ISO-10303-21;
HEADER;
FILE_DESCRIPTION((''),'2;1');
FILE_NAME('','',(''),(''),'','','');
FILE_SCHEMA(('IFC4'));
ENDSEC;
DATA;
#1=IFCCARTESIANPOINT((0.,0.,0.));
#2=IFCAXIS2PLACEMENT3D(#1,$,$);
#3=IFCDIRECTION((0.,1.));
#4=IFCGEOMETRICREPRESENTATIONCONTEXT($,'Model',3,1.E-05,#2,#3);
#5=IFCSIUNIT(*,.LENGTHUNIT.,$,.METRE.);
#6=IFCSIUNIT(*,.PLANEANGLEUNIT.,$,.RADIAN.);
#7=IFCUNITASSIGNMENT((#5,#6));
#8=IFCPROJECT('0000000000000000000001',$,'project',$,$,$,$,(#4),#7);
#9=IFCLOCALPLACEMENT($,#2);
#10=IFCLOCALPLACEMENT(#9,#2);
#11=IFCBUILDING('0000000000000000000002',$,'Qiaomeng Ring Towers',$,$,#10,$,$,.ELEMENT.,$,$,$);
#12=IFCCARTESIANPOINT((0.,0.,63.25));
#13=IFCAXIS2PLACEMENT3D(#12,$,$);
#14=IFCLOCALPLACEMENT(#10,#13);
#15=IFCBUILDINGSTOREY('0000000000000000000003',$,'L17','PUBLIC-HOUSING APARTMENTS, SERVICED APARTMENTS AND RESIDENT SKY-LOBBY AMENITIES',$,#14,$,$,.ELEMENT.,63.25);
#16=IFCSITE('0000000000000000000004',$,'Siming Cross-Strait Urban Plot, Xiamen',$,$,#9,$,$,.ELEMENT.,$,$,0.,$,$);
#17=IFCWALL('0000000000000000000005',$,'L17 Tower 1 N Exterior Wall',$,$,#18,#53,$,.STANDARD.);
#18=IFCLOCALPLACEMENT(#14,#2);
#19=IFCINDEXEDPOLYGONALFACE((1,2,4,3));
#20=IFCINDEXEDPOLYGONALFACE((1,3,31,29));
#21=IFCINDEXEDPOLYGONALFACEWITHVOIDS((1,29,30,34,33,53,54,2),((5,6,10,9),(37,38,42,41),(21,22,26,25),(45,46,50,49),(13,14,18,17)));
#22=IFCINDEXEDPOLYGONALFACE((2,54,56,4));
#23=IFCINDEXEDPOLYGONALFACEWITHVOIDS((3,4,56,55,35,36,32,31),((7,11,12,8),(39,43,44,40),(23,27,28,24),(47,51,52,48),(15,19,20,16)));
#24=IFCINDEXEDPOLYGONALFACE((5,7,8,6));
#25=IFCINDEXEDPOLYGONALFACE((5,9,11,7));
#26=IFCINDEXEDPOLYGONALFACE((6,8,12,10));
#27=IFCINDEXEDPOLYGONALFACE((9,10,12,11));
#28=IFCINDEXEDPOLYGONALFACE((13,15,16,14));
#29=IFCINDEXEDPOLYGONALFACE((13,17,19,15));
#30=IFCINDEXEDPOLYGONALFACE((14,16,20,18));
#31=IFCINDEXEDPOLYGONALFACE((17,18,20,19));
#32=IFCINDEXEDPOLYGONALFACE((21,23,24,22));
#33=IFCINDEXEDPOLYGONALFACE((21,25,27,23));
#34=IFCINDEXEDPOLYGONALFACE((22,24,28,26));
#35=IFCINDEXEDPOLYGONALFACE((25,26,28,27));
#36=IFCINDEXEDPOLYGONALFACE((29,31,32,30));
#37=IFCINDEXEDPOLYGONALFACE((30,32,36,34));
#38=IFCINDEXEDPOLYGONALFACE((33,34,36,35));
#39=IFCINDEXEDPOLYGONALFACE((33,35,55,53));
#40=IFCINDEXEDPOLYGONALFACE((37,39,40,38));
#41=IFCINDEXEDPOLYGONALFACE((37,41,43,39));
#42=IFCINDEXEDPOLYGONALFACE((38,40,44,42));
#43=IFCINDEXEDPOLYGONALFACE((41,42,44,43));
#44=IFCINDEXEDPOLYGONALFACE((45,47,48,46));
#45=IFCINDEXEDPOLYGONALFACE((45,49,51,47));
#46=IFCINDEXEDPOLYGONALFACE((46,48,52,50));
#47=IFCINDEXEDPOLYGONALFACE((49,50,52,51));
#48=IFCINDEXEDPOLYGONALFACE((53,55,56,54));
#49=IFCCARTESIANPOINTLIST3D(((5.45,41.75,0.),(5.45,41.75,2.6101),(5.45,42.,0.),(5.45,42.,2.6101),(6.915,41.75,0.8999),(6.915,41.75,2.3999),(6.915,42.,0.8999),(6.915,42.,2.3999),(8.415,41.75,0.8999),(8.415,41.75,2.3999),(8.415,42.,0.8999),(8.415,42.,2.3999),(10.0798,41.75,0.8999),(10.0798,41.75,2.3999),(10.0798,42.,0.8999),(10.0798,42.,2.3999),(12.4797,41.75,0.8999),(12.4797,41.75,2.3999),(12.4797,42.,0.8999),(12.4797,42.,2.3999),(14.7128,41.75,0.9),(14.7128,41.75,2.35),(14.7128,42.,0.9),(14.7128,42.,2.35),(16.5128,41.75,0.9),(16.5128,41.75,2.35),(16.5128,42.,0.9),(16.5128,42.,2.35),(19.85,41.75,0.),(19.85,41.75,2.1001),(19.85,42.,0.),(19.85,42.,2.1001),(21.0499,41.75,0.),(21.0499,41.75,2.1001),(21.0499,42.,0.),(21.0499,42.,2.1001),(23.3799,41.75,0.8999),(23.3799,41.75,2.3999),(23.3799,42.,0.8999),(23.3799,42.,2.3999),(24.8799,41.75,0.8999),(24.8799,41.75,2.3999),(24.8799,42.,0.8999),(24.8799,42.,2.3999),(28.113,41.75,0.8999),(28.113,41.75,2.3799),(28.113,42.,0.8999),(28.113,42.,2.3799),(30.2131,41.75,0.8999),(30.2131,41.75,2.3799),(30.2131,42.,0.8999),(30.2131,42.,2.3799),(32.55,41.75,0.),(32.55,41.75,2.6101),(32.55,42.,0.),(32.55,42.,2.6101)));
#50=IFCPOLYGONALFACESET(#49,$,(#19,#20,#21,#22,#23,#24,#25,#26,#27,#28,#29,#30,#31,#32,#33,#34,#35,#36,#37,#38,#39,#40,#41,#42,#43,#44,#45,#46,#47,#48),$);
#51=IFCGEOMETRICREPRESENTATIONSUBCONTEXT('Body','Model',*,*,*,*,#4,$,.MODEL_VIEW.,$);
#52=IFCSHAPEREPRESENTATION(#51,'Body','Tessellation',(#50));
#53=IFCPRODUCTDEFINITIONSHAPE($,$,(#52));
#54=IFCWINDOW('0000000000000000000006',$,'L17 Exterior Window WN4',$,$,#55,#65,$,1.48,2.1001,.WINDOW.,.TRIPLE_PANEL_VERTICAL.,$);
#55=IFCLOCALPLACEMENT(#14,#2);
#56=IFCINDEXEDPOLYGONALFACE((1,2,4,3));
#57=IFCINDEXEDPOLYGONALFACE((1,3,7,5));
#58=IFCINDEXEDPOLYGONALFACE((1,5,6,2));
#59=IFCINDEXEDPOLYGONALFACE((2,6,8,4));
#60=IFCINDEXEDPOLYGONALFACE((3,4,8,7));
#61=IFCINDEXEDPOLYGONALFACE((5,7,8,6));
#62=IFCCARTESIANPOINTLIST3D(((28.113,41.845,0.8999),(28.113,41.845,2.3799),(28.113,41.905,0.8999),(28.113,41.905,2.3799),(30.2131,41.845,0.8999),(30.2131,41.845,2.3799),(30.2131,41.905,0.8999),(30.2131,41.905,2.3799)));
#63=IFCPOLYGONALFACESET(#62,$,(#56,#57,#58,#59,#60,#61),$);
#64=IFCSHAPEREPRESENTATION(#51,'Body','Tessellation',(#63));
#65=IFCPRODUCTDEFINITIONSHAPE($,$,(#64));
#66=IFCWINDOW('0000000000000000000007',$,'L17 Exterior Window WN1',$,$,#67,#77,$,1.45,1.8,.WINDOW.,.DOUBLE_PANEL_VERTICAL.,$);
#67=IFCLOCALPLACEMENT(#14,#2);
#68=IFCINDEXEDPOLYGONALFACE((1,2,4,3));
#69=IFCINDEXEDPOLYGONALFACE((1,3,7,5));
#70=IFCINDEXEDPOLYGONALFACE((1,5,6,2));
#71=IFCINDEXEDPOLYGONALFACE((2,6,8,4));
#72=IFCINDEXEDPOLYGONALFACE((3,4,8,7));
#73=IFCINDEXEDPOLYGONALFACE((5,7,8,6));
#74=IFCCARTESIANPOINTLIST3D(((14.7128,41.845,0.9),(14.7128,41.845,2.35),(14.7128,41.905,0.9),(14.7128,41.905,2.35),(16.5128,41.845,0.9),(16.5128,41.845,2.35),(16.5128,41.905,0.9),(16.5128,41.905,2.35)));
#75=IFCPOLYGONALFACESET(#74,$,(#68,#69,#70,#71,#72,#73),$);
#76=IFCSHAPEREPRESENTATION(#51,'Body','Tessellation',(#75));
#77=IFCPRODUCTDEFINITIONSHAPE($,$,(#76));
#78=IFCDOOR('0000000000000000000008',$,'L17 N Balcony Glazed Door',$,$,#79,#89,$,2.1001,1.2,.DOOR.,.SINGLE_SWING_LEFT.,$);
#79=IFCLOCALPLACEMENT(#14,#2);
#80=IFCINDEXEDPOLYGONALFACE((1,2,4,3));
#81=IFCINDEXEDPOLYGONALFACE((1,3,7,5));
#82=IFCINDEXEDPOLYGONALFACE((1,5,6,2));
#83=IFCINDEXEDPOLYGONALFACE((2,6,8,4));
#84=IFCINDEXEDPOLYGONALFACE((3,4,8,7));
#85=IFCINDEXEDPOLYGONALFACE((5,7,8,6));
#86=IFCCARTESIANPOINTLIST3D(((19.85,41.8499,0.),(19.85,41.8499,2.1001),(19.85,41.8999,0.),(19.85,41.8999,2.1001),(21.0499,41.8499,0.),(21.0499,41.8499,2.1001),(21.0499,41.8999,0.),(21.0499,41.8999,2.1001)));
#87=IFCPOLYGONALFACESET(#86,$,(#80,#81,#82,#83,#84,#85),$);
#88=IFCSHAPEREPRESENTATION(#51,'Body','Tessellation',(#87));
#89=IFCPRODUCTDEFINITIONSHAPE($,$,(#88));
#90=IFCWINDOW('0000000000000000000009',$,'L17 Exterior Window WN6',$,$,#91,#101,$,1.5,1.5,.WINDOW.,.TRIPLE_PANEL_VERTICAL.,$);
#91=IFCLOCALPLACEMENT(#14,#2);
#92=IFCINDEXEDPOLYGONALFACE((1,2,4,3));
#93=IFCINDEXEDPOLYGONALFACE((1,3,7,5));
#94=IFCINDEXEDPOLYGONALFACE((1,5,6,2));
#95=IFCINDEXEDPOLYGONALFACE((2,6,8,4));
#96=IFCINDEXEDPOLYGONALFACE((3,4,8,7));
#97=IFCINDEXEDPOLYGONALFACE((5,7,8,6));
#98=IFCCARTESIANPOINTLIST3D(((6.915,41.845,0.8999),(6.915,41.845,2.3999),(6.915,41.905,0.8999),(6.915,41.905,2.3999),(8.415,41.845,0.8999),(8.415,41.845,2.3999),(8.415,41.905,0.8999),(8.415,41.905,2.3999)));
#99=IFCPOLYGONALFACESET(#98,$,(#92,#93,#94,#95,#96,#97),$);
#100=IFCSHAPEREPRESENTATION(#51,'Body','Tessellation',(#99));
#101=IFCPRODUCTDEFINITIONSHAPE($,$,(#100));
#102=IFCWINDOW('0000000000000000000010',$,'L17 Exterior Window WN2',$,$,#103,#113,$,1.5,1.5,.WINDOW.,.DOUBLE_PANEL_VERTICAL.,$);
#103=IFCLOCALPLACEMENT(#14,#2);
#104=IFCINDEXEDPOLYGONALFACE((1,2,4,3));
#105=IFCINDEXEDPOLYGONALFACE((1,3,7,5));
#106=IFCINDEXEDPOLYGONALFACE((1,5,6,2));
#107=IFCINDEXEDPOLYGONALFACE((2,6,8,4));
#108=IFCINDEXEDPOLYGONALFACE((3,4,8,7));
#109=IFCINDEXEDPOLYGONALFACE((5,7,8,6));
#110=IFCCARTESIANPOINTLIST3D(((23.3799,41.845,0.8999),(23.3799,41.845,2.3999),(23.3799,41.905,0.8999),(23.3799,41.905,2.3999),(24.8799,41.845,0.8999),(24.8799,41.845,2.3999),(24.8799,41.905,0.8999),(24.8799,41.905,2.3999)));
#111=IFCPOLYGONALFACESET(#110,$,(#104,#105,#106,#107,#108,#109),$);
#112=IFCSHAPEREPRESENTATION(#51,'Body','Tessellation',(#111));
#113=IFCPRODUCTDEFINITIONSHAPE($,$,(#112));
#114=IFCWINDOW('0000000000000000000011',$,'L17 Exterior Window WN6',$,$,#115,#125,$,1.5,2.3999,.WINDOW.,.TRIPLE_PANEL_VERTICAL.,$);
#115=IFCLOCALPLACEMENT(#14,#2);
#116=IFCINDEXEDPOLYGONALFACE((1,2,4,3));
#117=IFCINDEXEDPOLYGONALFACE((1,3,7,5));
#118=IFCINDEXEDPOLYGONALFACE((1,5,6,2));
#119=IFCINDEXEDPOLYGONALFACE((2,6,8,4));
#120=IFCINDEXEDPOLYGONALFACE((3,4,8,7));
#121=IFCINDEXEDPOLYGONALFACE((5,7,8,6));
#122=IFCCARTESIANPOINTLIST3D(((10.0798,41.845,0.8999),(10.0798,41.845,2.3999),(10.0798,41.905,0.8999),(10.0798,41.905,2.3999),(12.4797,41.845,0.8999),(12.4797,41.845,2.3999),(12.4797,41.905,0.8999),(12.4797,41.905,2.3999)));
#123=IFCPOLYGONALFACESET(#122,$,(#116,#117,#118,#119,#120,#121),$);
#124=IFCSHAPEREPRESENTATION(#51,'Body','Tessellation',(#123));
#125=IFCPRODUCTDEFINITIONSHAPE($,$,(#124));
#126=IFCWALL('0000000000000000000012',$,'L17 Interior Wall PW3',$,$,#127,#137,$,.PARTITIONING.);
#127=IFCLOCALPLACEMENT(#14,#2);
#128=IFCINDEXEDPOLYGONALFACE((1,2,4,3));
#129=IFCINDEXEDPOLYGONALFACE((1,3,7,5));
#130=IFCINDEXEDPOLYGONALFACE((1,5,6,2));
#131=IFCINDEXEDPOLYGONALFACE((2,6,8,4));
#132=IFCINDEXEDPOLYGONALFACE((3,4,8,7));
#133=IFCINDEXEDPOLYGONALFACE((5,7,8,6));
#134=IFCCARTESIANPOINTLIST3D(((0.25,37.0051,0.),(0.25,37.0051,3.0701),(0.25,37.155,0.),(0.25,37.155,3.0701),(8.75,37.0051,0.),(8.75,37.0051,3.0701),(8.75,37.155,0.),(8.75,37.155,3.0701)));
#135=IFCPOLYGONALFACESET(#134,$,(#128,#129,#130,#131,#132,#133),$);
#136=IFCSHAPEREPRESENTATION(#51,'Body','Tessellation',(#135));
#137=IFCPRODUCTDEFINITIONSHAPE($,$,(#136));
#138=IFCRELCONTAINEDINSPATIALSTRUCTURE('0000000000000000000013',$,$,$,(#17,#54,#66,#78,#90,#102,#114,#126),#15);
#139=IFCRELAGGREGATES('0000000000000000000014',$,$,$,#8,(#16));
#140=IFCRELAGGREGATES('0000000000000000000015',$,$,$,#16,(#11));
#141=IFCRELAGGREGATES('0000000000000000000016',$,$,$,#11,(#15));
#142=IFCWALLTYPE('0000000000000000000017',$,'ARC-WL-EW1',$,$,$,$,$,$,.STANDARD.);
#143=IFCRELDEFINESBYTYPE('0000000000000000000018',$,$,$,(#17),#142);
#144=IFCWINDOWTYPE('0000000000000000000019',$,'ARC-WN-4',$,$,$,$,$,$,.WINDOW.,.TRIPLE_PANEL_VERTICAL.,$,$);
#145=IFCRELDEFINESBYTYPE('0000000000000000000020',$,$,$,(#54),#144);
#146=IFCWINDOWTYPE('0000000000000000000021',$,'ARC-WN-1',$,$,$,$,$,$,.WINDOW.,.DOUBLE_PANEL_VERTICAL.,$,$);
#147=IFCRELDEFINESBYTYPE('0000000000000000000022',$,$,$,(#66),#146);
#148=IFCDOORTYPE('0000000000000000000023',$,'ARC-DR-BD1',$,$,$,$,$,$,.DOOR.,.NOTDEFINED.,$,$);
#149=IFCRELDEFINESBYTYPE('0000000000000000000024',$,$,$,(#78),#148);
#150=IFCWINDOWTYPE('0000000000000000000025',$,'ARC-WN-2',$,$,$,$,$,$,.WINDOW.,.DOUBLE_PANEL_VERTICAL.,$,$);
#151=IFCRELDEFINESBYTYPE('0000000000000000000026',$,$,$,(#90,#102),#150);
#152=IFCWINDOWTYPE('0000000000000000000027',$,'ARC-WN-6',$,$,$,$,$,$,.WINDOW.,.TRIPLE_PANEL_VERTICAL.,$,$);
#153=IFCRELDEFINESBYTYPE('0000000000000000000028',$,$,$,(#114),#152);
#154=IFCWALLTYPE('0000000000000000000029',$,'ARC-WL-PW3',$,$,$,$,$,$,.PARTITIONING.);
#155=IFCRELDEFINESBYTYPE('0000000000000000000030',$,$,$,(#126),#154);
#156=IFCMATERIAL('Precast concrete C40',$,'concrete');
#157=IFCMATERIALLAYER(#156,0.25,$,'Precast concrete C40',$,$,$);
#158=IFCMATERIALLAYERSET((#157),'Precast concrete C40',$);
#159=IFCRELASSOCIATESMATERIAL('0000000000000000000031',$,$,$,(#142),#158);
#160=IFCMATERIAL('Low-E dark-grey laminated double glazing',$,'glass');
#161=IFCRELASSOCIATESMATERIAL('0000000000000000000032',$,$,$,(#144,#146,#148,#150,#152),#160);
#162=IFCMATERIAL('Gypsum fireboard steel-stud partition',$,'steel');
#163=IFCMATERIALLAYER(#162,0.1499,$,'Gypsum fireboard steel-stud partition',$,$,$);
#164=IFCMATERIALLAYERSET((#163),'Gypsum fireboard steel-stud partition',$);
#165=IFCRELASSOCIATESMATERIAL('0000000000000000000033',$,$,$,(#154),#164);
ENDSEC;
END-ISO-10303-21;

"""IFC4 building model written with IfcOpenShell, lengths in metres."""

from ifc_helpers import new_model, si_unit, direction, frame, frame_2d, origin, place, context, subcontext, project, spatial, rectangle, extrude, source, transform, mapped, material, layer, layer_set, type_object, element, fill, save


model = new_model("IFC4")

# Units and contexts
model_context = context("Model", 3, precision=1e-05, world=origin(), true_north=direction((0.0, 1.0)))
body_context = subcontext(model_context, "Body", "Model", "MODEL_VIEW")
ifc_project = project(units=[si_unit("LENGTHUNIT", "METRE"), si_unit("PLANEANGLEUNIT", "RADIAN")], contexts=[model_context])

# Site, building, storey
site_placement = place(None, origin())
site = spatial("IfcSite", under=ifc_project, at=site_placement, Name="Siming Cross-Strait Urban Plot, Xiamen", CompositionType="ELEMENT", RefElevation=0.0)
building_placement = place(site_placement, origin())
building = spatial("IfcBuilding", under=site, at=building_placement, Name="Qiaomeng Ring Towers", CompositionType="ELEMENT")
storey_placement = place(building_placement, frame((0.0, 0.0, 63.25)))
storey = spatial("IfcBuildingStorey", under=building, at=storey_placement, Name="L17", Description="PUBLIC-HOUSING APARTMENTS, SERVICED APARTMENTS AND RESIDENT SKY-LOBBY AMENITIES", CompositionType="ELEMENT", Elevation=63.25)

# Shared definitions
ifc_material_1 = material(Name="Low-E dark-grey laminated double glazing", Category="glass")

# Wall, openings, windows, door
ifc_material_2 = material(Name="Precast concrete C40", Category="concrete")
ifc_layer_1 = layer(ifc_material_2, 0.25, Name="Precast concrete C40")
ifc_layer_set_1 = layer_set([ifc_layer_1], Name="Precast concrete C40")
wall_type_1 = type_object("IfcWallType", Name="ARC-WL-EW1", PredefinedType="STANDARD", material=ifc_layer_set_1)
wall_1_placement = place(storey_placement, frame((5.45, 41.875, 0.0), z_axis=(0.0, 0.0, 1.0), x_axis=(1.0, 0.0, 0.0)))
wall_1 = element("IfcWall", 1, at=wall_1_placement, inside=storey, type_object=wall_type_1, Name="L17 Tower 1 N Exterior Wall", PredefinedType="STANDARD", context=body_context, shape_type="SweptSolid", body=[
    extrude(rectangle(XDim=27.1001, YDim=0.25, at=frame_2d((13.55, 0.0))), origin(), (0.0, 0.0, 1.0), 2.6101),
])
opening_1_placement = place(wall_1_placement, frame((14.3999, 0.0, 0.0)))
opening_1 = element("IfcOpeningElement", 2, at=opening_1_placement, cuts=wall_1, PredefinedType="OPENING", context=body_context, shape_type="SweptSolid", body=[
    extrude(rectangle(XDim=1.2, YDim=2.1001, at=frame_2d((0.6001, 1.05))), frame((0.0, 0.135, 0.0), z_axis=(0.0, -1.0, 0.0), x_axis=(1.0, 0.0, 0.0)), (0.0, 0.0, 1.0), 0.27),
])
opening_2_placement = place(wall_1_placement, frame((1.4651, 0.0, 0.8999)))
opening_2 = element("IfcOpeningElement", 3, at=opening_2_placement, cuts=wall_1, PredefinedType="OPENING", context=body_context, shape_type="SweptSolid", body=[
    extrude(rectangle(XDim=1.5, YDim=1.5, at=frame_2d((0.75, 0.75))), frame((0.0, 0.135, 0.0), z_axis=(0.0, -1.0, 0.0), x_axis=(1.0, 0.0, 0.0)), (0.0, 0.0, 1.0), 0.27),
])
opening_3_placement = place(wall_1_placement, frame((9.2629, 0.0, 0.8999)))
opening_3 = element("IfcOpeningElement", 4, at=opening_3_placement, cuts=wall_1, PredefinedType="OPENING", context=body_context, shape_type="SweptSolid", body=[
    extrude(rectangle(XDim=1.8, YDim=1.45, at=frame_2d((0.8999, 0.7251))), frame((0.0, 0.135, 0.0), z_axis=(0.0, -1.0, 0.0), x_axis=(1.0, 0.0, 0.0)), (0.0, 0.0, 1.0), 0.27),
])
opening_4_placement = place(wall_1_placement, frame((17.9299, 0.0, 0.8999)))
opening_4 = element("IfcOpeningElement", 5, at=opening_4_placement, cuts=wall_1, PredefinedType="OPENING", context=body_context, shape_type="SweptSolid", body=[
    extrude(rectangle(XDim=1.5, YDim=1.5, at=frame_2d((0.75, 0.75))), frame((0.0, 0.135, 0.0), z_axis=(0.0, -1.0, 0.0), x_axis=(1.0, 0.0, 0.0)), (0.0, 0.0, 1.0), 0.27),
])
opening_5_placement = place(wall_1_placement, frame((22.6631, 0.0, 0.8999)))
opening_5 = element("IfcOpeningElement", 6, at=opening_5_placement, cuts=wall_1, PredefinedType="OPENING", context=body_context, shape_type="SweptSolid", body=[
    extrude(rectangle(XDim=2.1001, YDim=1.48, at=frame_2d((1.05, 0.74))), frame((0.0, 0.135, 0.0), z_axis=(0.0, -1.0, 0.0), x_axis=(1.0, 0.0, 0.0)), (0.0, 0.0, 1.0), 0.27),
])
opening_6_placement = place(wall_1_placement, frame((4.6299, 0.0, 0.8999)))
opening_6 = element("IfcOpeningElement", 7, at=opening_6_placement, cuts=wall_1, PredefinedType="OPENING", context=body_context, shape_type="SweptSolid", body=[
    extrude(rectangle(XDim=2.3999, YDim=1.5, at=frame_2d((1.2, 0.75))), frame((0.0, 0.135, 0.0), z_axis=(0.0, -1.0, 0.0), x_axis=(1.0, 0.0, 0.0)), (0.0, 0.0, 1.0), 0.27),
])
window_type_1 = type_object("IfcWindowType", Name="ARC-WN-4", PartitioningType="TRIPLE_PANEL_VERTICAL", PredefinedType="WINDOW", material=ifc_material_1)
shared_shape_1 = source(origin(), body_context, "Body", "SweptSolid", [
    extrude(rectangle(XDim=2.1001, YDim=1.48, at=frame_2d((1.05, 0.74))), frame((0.0, 0.03, 0.0), z_axis=(0.0, -1.0, 0.0), x_axis=(1.0, 0.0, 0.0)), (0.0, 0.0, 1.0), 0.0601),
])
window_1_placement = place(opening_5_placement, origin())
window_1 = element("IfcWindow", 8, at=window_1_placement, inside=storey, type_object=window_type_1, Name="L17 Exterior Window WN4", OverallHeight=1.48, OverallWidth=2.1001, PartitioningType="TRIPLE_PANEL_VERTICAL", PredefinedType="WINDOW", context=body_context, shape_type="MappedRepresentation", body=[
    mapped(shared_shape_1, transform((0.0, 0.0, 0.0), x_axis=(1.0, 0.0, 0.0), y_axis=(0.0, 1.0, 0.0), z_axis=(0.0, 0.0, 1.0), scale=1.0)),
])
fill(opening_5, window_1)
window_type_2 = type_object("IfcWindowType", Name="ARC-WN-1", PartitioningType="DOUBLE_PANEL_VERTICAL", PredefinedType="WINDOW", material=ifc_material_1)
shared_shape_2 = source(origin(), body_context, "Body", "SweptSolid", [
    extrude(rectangle(XDim=1.8, YDim=1.45, at=frame_2d((0.8999, 0.7251))), frame((0.0, 0.03, 0.0), z_axis=(0.0, -1.0, 0.0), x_axis=(1.0, 0.0, 0.0)), (0.0, 0.0, 1.0), 0.0601),
])
window_2_placement = place(opening_3_placement, origin())
window_2 = element("IfcWindow", 9, at=window_2_placement, inside=storey, type_object=window_type_2, Name="L17 Exterior Window WN1", OverallHeight=1.45, OverallWidth=1.8, PartitioningType="DOUBLE_PANEL_VERTICAL", PredefinedType="WINDOW", context=body_context, shape_type="MappedRepresentation", body=[
    mapped(shared_shape_2, transform((0.0, 0.0, 0.0), x_axis=(1.0, 0.0, 0.0), y_axis=(0.0, 1.0, 0.0), z_axis=(0.0, 0.0, 1.0), scale=1.0)),
])
fill(opening_3, window_2)
door_type_1 = type_object("IfcDoorType", Name="ARC-DR-BD1", OperationType="NOTDEFINED", PredefinedType="DOOR", material=ifc_material_1)
shared_shape_3 = source(origin(), body_context, "Body", "SweptSolid", [
    extrude(rectangle(XDim=1.2, YDim=2.1001, at=frame_2d((0.6001, 1.05))), frame((0.0, 0.0249, 0.0), z_axis=(0.0, -1.0, 0.0), x_axis=(1.0, 0.0, 0.0)), (0.0, 0.0, 1.0), 0.05),
])
door_1_placement = place(opening_1_placement, origin())
door_1 = element("IfcDoor", 10, at=door_1_placement, inside=storey, type_object=door_type_1, Name="L17 N Balcony Glazed Door", OperationType="SINGLE_SWING_LEFT", OverallHeight=2.1001, OverallWidth=1.2, PredefinedType="DOOR", context=body_context, shape_type="MappedRepresentation", body=[
    mapped(shared_shape_3, transform((0.0, 0.0, 0.0), x_axis=(1.0, 0.0, 0.0), y_axis=(0.0, 1.0, 0.0), z_axis=(0.0, 0.0, 1.0), scale=1.0)),
])
fill(opening_1, door_1)
window_type_3 = type_object("IfcWindowType", Name="ARC-WN-2", PartitioningType="DOUBLE_PANEL_VERTICAL", PredefinedType="WINDOW", material=ifc_material_1)
shared_shape_4 = source(origin(), body_context, "Body", "SweptSolid", [
    extrude(rectangle(XDim=1.5, YDim=1.5, at=frame_2d((0.75, 0.75))), frame((0.0, 0.03, 0.0), z_axis=(0.0, -1.0, 0.0), x_axis=(1.0, 0.0, 0.0)), (0.0, 0.0, 1.0), 0.0601),
])
window_3_placement = place(opening_2_placement, origin())
window_3 = element("IfcWindow", 11, at=window_3_placement, inside=storey, type_object=window_type_3, Name="L17 Exterior Window WN6", OverallHeight=1.5, OverallWidth=1.5, PartitioningType="TRIPLE_PANEL_VERTICAL", PredefinedType="WINDOW", context=body_context, shape_type="MappedRepresentation", body=[
    mapped(shared_shape_4, transform((0.0, 0.0, 0.0), x_axis=(1.0, 0.0, 0.0), y_axis=(0.0, 1.0, 0.0), z_axis=(0.0, 0.0, 1.0), scale=1.0)),
])
fill(opening_2, window_3)
window_4_placement = place(opening_4_placement, origin())
window_4 = element("IfcWindow", 12, at=window_4_placement, inside=storey, type_object=window_type_3, Name="L17 Exterior Window WN2", OverallHeight=1.5, OverallWidth=1.5, PartitioningType="DOUBLE_PANEL_VERTICAL", PredefinedType="WINDOW", context=body_context, shape_type="MappedRepresentation", body=[
    mapped(shared_shape_4, transform((0.0, 0.0, 0.0), x_axis=(1.0, 0.0, 0.0), y_axis=(0.0, 1.0, 0.0), z_axis=(0.0, 0.0, 1.0), scale=1.0)),
])
fill(opening_4, window_4)
window_type_4 = type_object("IfcWindowType", Name="ARC-WN-6", PartitioningType="TRIPLE_PANEL_VERTICAL", PredefinedType="WINDOW", material=ifc_material_1)
shared_shape_5 = source(origin(), body_context, "Body", "SweptSolid", [
    extrude(rectangle(XDim=2.3999, YDim=1.5, at=frame_2d((1.2, 0.75))), frame((0.0, 0.03, 0.0), z_axis=(0.0, -1.0, 0.0), x_axis=(1.0, 0.0, 0.0)), (0.0, 0.0, 1.0), 0.0601),
])
window_5_placement = place(opening_6_placement, origin())
window_5 = element("IfcWindow", 13, at=window_5_placement, inside=storey, type_object=window_type_4, Name="L17 Exterior Window WN6", OverallHeight=1.5, OverallWidth=2.3999, PartitioningType="TRIPLE_PANEL_VERTICAL", PredefinedType="WINDOW", context=body_context, shape_type="MappedRepresentation", body=[
    mapped(shared_shape_5, transform((0.0, 0.0, 0.0), x_axis=(1.0, 0.0, 0.0), y_axis=(0.0, 1.0, 0.0), z_axis=(0.0, 0.0, 1.0), scale=1.0)),
])
fill(opening_6, window_5)

# Wall
ifc_material_3 = material(Name="Gypsum fireboard steel-stud partition", Category="steel")
ifc_layer_2 = layer(ifc_material_3, 0.1499, Name="Gypsum fireboard steel-stud partition")
ifc_layer_set_2 = layer_set([ifc_layer_2], Name="Gypsum fireboard steel-stud partition")
wall_type_2 = type_object("IfcWallType", Name="ARC-WL-PW3", PredefinedType="PARTITIONING", material=ifc_layer_set_2)
wall_2_placement = place(storey_placement, frame((0.25, 37.0801, 0.0), z_axis=(0.0, 0.0, 1.0), x_axis=(1.0, 0.0, 0.0)))
element("IfcWall", 14, at=wall_2_placement, inside=storey, type_object=wall_type_2, Name="L17 Interior Wall PW3", PredefinedType="PARTITIONING", context=body_context, shape_type="SweptSolid", body=[
    extrude(rectangle(XDim=8.5, YDim=0.1499, at=frame_2d((4.25, 0.0))), origin(), (0.0, 0.0, 1.0), 3.0701),
])

save(model, "model.ifc")
